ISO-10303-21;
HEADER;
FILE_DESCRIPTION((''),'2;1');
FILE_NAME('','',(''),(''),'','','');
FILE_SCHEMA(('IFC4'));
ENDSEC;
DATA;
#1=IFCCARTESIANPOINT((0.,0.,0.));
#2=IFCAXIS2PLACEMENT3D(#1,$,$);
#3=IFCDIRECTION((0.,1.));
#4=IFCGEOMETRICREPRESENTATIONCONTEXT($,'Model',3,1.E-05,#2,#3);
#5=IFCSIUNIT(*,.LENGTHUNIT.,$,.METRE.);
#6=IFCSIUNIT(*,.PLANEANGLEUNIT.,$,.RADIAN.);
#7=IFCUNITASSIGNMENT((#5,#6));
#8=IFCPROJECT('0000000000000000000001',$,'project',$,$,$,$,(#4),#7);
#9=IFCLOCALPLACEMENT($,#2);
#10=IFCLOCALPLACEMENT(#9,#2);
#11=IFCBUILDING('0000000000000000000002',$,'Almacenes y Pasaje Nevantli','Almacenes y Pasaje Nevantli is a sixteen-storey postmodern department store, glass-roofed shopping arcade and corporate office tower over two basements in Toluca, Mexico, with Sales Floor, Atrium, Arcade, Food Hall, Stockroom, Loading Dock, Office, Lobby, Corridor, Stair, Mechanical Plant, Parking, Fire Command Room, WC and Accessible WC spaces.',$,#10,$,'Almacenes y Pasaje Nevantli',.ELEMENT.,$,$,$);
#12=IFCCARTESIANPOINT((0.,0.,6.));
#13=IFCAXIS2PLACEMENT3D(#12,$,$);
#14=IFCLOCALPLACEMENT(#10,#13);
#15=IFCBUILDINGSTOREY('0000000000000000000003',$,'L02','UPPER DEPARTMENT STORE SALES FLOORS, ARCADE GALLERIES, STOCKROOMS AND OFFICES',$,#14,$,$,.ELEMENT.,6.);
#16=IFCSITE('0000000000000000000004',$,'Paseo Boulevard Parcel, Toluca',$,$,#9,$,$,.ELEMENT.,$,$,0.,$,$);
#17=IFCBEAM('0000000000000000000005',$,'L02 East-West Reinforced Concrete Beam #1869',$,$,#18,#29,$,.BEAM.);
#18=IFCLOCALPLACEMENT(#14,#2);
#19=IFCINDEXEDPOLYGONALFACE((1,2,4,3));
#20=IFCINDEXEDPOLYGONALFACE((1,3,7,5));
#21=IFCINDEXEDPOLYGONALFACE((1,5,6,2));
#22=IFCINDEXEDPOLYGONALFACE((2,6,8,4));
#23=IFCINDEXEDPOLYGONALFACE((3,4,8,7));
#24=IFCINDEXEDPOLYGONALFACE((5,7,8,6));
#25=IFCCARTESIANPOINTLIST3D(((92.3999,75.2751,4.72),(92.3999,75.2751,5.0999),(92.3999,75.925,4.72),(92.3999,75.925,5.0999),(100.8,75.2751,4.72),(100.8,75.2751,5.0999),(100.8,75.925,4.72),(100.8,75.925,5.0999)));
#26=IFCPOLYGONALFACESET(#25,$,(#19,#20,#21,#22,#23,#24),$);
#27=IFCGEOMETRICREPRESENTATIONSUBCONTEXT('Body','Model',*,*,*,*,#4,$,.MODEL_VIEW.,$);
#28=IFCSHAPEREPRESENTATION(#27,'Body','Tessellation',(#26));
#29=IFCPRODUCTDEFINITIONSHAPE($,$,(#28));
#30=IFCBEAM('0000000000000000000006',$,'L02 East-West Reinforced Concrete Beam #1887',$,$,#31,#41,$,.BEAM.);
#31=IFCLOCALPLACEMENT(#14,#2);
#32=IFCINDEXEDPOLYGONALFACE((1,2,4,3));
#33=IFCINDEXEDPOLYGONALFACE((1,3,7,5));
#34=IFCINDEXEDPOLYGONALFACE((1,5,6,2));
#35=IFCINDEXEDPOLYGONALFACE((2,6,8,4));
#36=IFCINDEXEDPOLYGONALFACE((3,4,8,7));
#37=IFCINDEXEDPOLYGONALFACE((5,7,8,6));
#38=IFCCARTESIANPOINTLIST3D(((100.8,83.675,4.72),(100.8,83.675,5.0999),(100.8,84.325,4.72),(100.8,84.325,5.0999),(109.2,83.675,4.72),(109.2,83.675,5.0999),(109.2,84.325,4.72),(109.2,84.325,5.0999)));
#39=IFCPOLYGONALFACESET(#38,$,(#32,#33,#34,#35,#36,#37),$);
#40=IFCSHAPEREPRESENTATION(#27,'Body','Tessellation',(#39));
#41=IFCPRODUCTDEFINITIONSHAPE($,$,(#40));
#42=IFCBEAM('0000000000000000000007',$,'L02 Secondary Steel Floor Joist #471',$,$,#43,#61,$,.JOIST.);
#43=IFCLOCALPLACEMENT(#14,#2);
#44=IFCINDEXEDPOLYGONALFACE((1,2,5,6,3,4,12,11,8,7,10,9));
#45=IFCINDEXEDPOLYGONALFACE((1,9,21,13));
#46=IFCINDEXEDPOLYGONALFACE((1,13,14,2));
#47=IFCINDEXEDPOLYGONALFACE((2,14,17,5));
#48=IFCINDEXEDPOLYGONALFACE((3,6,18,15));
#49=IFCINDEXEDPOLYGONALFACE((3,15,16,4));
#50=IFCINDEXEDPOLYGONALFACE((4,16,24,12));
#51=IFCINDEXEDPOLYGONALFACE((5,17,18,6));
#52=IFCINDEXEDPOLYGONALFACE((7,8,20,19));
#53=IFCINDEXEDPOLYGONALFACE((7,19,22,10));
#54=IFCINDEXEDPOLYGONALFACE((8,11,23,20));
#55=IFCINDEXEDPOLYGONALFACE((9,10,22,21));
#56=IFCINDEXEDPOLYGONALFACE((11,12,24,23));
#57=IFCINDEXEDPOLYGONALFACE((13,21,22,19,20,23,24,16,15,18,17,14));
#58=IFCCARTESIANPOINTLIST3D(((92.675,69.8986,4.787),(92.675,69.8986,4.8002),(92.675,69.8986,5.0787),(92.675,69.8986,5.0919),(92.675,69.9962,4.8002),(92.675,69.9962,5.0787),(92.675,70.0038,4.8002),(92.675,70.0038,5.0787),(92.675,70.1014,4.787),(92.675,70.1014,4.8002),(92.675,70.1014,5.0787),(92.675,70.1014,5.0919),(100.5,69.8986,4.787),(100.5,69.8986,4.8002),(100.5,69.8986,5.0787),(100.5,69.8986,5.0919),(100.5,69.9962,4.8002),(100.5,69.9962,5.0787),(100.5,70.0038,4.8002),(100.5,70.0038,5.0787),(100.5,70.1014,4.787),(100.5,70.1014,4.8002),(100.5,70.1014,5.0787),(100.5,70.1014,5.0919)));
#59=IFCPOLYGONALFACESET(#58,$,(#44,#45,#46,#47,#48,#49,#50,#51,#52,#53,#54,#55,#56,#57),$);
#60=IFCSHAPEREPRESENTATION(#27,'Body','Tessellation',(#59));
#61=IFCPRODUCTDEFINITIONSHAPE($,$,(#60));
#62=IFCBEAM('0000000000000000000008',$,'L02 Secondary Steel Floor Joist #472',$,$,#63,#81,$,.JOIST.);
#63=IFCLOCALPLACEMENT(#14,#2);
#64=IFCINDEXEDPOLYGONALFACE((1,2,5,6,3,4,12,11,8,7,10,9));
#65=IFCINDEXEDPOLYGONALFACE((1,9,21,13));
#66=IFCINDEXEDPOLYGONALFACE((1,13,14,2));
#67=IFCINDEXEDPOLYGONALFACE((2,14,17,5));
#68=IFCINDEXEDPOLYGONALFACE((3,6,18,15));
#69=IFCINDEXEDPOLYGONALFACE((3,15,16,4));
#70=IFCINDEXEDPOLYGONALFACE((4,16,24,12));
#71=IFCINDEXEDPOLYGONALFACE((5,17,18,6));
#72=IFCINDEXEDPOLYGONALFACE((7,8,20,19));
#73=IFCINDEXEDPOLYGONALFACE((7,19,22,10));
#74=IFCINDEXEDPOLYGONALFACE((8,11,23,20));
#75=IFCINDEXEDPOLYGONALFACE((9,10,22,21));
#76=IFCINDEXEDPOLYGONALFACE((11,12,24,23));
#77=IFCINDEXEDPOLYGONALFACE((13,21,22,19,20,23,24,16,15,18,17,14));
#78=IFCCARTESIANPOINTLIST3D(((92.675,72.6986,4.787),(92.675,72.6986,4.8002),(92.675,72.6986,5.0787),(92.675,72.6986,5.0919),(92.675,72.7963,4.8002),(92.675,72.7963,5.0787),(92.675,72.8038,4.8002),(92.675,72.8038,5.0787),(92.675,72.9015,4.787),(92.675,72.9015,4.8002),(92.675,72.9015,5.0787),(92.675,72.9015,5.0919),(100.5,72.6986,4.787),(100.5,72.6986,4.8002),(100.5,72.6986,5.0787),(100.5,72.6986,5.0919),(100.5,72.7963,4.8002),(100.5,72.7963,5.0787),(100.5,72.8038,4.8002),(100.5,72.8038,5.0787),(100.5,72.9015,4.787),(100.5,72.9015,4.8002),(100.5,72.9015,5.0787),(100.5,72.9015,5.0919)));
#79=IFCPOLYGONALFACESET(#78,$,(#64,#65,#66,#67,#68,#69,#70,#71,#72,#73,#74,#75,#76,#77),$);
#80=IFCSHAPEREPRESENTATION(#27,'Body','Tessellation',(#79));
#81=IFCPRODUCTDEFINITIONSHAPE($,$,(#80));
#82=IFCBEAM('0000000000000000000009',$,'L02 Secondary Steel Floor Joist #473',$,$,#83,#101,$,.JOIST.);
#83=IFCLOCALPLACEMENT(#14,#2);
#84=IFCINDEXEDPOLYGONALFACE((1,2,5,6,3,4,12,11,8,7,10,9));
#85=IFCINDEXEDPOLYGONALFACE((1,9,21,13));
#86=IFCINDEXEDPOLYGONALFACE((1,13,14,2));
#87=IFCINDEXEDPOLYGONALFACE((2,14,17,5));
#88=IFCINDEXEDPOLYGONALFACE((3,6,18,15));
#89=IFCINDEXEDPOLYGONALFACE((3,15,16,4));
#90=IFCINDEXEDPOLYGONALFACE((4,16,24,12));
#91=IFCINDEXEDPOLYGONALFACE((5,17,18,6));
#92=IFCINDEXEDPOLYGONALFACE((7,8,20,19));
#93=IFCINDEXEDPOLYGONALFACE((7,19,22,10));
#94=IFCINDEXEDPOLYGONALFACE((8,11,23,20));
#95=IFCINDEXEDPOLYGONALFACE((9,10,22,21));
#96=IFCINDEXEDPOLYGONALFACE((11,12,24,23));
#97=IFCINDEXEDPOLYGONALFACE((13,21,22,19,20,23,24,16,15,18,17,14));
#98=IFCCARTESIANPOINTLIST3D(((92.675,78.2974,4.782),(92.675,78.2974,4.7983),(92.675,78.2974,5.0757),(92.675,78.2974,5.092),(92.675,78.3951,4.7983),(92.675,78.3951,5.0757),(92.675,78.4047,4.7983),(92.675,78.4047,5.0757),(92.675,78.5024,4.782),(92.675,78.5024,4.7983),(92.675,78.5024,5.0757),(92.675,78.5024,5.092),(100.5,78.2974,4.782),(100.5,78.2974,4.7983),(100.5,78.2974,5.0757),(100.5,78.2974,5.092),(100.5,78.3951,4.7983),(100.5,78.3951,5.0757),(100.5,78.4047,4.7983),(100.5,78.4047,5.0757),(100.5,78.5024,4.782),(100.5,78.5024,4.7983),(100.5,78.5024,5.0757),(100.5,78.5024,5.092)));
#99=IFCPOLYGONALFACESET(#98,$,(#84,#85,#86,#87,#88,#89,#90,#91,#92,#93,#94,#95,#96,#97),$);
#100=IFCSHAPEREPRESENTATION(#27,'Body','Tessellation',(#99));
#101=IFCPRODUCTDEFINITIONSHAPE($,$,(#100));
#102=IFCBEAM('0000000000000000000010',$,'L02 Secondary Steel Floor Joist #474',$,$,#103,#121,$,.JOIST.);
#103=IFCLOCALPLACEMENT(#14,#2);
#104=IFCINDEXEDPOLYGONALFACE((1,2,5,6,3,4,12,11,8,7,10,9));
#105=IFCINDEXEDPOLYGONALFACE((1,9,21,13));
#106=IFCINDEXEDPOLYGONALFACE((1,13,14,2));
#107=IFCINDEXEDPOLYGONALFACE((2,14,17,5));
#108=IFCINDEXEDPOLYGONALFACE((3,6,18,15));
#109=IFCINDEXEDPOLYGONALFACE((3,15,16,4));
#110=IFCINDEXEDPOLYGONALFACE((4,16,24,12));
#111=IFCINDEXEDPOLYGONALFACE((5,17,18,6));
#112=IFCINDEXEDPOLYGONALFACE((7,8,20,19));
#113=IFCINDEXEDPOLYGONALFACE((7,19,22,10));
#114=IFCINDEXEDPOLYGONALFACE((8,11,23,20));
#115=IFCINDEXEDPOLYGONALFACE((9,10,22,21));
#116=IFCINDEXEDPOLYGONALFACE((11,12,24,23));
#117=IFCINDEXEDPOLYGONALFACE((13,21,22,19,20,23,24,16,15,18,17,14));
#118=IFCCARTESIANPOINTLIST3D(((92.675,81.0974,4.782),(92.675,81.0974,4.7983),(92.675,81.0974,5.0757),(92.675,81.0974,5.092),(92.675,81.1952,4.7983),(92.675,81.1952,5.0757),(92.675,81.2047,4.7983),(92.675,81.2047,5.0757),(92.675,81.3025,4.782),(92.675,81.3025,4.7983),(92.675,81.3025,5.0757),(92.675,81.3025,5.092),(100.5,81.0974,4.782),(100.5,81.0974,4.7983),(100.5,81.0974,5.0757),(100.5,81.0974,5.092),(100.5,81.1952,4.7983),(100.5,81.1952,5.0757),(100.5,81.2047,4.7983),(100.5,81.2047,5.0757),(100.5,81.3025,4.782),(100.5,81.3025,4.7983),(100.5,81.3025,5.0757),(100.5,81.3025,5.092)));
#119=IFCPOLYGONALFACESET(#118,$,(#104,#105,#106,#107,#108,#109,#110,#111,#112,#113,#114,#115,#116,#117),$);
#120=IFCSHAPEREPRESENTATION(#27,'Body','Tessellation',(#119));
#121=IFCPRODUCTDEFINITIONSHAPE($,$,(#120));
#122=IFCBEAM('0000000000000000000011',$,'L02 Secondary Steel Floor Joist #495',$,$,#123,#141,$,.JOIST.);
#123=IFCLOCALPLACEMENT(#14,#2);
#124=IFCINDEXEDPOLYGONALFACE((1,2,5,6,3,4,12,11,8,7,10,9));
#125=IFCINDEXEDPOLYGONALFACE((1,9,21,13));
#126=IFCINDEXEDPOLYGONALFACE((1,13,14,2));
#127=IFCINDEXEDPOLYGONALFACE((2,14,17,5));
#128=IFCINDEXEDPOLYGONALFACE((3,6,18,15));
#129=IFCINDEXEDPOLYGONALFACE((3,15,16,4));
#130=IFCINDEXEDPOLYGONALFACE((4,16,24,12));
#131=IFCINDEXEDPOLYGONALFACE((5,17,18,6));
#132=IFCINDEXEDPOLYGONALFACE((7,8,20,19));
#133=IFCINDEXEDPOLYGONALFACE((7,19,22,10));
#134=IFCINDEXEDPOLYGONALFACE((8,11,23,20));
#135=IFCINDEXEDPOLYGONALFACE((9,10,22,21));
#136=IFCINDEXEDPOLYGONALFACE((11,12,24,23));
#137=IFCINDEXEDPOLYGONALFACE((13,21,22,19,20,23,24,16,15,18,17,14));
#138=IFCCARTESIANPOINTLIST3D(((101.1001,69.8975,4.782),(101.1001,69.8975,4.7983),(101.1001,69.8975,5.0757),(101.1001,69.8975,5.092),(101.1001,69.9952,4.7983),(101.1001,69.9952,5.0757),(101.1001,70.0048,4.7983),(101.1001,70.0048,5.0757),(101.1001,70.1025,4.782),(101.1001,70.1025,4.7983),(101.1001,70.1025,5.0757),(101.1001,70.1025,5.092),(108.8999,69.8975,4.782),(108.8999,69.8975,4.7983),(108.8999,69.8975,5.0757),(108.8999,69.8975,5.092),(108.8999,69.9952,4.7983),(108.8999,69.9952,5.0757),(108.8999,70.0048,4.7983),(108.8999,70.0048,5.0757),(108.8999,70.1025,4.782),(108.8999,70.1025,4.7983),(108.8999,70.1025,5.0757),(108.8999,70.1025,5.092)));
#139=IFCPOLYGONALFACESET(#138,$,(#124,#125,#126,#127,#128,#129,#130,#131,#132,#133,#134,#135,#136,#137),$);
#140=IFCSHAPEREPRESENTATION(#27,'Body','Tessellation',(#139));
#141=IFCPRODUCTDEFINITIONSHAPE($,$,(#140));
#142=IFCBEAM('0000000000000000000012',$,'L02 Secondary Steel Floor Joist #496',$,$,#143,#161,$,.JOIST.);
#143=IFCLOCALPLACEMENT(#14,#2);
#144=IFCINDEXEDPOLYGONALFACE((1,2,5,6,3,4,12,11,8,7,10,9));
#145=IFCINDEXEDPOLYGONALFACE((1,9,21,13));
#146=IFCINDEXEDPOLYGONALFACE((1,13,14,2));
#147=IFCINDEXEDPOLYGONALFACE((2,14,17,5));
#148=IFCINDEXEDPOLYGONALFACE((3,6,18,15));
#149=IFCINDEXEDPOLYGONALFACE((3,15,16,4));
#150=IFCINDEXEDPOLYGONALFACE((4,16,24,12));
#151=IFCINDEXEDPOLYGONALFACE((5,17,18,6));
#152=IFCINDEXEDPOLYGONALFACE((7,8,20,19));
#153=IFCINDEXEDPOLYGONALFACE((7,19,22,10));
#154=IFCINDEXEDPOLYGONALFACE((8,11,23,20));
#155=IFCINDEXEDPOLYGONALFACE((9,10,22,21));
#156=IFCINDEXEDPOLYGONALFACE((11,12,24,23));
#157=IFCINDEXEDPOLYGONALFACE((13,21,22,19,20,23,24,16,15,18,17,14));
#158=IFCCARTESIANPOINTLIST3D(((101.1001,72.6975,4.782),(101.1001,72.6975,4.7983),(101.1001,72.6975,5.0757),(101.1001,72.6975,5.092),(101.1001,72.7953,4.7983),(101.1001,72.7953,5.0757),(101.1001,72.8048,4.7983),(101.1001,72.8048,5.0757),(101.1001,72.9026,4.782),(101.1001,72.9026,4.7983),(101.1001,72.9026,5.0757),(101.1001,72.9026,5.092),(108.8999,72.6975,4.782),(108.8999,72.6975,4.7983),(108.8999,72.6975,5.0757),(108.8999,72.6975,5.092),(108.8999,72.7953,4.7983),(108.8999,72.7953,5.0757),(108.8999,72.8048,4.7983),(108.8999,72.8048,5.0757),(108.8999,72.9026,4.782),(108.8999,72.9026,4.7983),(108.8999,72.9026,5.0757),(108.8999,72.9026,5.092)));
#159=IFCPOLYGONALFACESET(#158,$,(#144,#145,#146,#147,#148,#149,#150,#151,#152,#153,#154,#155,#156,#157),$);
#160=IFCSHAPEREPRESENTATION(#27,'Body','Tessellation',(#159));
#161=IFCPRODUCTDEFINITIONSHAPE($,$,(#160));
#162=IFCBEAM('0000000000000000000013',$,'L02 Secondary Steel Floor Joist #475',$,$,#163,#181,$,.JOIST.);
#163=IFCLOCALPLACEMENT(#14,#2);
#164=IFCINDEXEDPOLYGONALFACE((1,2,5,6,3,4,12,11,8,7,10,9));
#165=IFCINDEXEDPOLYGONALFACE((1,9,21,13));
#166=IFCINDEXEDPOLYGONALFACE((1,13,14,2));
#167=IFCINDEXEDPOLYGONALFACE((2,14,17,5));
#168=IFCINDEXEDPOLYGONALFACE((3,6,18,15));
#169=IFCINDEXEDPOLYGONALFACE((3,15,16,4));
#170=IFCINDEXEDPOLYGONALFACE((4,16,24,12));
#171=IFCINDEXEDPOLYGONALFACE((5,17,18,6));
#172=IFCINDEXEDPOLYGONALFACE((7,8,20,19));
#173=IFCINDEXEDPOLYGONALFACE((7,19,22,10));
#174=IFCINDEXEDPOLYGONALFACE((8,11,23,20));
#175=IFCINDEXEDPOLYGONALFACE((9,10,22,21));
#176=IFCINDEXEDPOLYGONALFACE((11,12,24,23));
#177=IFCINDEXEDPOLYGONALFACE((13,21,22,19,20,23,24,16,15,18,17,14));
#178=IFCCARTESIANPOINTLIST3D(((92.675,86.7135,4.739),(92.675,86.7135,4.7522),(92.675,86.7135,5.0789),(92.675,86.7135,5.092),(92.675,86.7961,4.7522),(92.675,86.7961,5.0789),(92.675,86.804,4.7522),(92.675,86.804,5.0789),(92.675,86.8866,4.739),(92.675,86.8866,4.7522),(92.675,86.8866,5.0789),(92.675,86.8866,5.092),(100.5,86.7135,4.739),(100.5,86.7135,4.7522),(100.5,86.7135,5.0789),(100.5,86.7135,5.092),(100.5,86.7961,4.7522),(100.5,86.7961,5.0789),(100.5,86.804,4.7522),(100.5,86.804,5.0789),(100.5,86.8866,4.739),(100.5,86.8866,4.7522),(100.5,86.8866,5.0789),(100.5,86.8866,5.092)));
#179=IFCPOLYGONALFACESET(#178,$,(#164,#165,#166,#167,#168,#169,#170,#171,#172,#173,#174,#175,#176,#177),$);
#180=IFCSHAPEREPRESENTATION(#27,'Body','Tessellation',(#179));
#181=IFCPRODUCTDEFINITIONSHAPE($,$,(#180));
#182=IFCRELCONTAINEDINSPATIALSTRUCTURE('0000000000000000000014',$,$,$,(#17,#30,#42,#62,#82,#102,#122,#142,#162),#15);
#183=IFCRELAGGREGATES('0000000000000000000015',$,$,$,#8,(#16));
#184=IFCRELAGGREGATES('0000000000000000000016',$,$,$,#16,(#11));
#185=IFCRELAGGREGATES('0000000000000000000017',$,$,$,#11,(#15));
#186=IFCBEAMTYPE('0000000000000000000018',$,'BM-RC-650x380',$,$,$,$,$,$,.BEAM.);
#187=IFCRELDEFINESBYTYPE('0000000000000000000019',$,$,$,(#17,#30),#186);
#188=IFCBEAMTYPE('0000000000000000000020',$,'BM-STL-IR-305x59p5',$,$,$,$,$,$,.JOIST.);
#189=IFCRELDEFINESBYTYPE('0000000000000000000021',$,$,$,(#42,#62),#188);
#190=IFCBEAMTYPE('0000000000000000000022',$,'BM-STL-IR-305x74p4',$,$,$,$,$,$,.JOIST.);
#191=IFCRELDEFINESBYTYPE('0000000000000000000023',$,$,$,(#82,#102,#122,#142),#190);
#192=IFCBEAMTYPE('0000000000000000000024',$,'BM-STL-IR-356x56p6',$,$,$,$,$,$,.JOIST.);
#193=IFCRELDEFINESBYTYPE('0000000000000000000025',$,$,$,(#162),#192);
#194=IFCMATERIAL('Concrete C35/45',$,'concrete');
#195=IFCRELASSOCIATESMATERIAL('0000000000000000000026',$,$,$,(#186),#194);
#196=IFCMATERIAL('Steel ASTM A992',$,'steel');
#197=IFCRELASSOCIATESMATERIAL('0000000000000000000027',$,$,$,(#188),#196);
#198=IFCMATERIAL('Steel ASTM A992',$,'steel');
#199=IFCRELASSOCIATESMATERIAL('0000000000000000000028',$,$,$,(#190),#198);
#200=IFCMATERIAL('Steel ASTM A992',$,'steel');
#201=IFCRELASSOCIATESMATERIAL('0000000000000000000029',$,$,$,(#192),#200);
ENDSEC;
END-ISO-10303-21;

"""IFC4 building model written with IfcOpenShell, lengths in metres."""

from ifc_helpers import new_model, si_unit, direction, frame, origin, origin_2d, place, context, subcontext, project, spatial, rectangle, i_section, extrude, material, material_profile, profile_set, type_object, element, save


model = new_model("IFC4")

# Units and contexts
model_context = context("Model", 3, precision=1e-05, world=origin(), true_north=direction((0.0, 1.0)))
body_context = subcontext(model_context, "Body", "Model", "MODEL_VIEW")
ifc_project = project(units=[si_unit("LENGTHUNIT", "METRE"), si_unit("PLANEANGLEUNIT", "RADIAN")], contexts=[model_context])

# Site, building, storey
site_placement = place(None, origin())
site = spatial("IfcSite", under=ifc_project, at=site_placement, Name="Paseo Boulevard Parcel, Toluca", CompositionType="ELEMENT", RefElevation=0.0)
building_placement = place(site_placement, origin())
building = spatial("IfcBuilding", under=site, at=building_placement, Name="Almacenes y Pasaje Nevantli", Description="Almacenes y Pasaje Nevantli is a sixteen-storey postmodern department store, glass-roofed shopping arcade and corporate office tower over two basements in Toluca, Mexico, with Sales Floor, Atrium, Arcade, Food Hall, Stockroom, Loading Dock, Office, Lobby, Corridor, Stair, Mechanical Plant, Parking, Fire Command Room, WC and Accessible WC spaces.", LongName="Almacenes y Pasaje Nevantli", CompositionType="ELEMENT")
storey_placement = place(building_placement, frame((0.0, 0.0, 6.0)))
storey = spatial("IfcBuildingStorey", under=building, at=storey_placement, Name="L02", Description="UPPER DEPARTMENT STORE SALES FLOORS, ARCADE GALLERIES, STOCKROOMS AND OFFICES", CompositionType="ELEMENT", Elevation=6.0)

# Beams
ifc_material_1 = material(Name="Concrete C35/45", Category="concrete")
ifc_material_profile_1 = material_profile(ifc_material_1, rectangle(XDim=0.6499, YDim=0.3799, at=origin_2d()), Name="RC-BM-650x380")
ifc_profile_set_1 = profile_set([ifc_material_profile_1], Name="Concrete C35/45")
beam_type_1 = type_object("IfcBeamType", Name="BM-RC-650x380", PredefinedType="BEAM", material=ifc_profile_set_1)
beam_1_placement = place(storey_placement, frame((92.3999, 75.6001, 4.9099), z_axis=(1.0, 0.0, 0.0), x_axis=(0.0, 1.0, 0.0)))
element("IfcBeam", 1, at=beam_1_placement, inside=storey, type_object=beam_type_1, Name="L02 East-West Reinforced Concrete Beam #1869", PredefinedType="BEAM", context=body_context, shape_type="SweptSolid", body=[
    extrude(rectangle(XDim=0.6499, YDim=0.3799, at=origin_2d()), origin(), (0.0, 0.0, 1.0), 8.4001),
])
beam_2_placement = place(storey_placement, frame((100.8, 84.0, 4.9099), z_axis=(1.0, 0.0, 0.0), x_axis=(0.0, 1.0, 0.0)))
element("IfcBeam", 2, at=beam_2_placement, inside=storey, type_object=beam_type_1, Name="L02 East-West Reinforced Concrete Beam #1887", PredefinedType="BEAM", context=body_context, shape_type="SweptSolid", body=[
    extrude(rectangle(XDim=0.6499, YDim=0.3799, at=origin_2d()), origin(), (0.0, 0.0, 1.0), 8.3999),
])
ifc_material_2 = material(Name="Steel ASTM A992", Category="steel")
ifc_material_profile_2 = material_profile(ifc_material_2, i_section(OverallWidth=0.2029, OverallDepth=0.3049, WebThickness=0.0076, FlangeThickness=0.0132, at=origin_2d()), Name="IR 305x59.5")
ifc_profile_set_2 = profile_set([ifc_material_profile_2], Name="Steel ASTM A992")
beam_type_2 = type_object("IfcBeamType", Name="BM-STL-IR-305x59p5", PredefinedType="JOIST", material=ifc_profile_set_2)
for number, where, z_axis, x_axis, name in (
    (3, (92.675, 70.0, 4.9395), (1.0, 0.0, 0.0), (0.0, 1.0, 0.0), "L02 Secondary Steel Floor Joist #471"),
    (4, (92.675, 72.8, 4.9395), (1.0, 0.0, 0.0), (0.0, 1.0, 0.0), "L02 Secondary Steel Floor Joist #472"),
):
    element("IfcBeam", number, at=place(storey_placement, frame(where, z_axis=z_axis, x_axis=x_axis)), inside=storey, type_object=beam_type_2, Name=name, PredefinedType="JOIST", context=body_context, shape_type="SweptSolid", body=[
        extrude(i_section(OverallWidth=0.2029, OverallDepth=0.3049, WebThickness=0.0076, FlangeThickness=0.0132, at=origin_2d()), origin(), (0.0, 0.0, 1.0), 7.825),
    ])
ifc_material_3 = material(Name="Steel ASTM A992", Category="steel")
ifc_material_profile_3 = material_profile(ifc_material_3, i_section(OverallWidth=0.2051, OverallDepth=0.3101, WebThickness=0.0095, FlangeThickness=0.0164, at=origin_2d()), Name="IR 305x74.4")
ifc_profile_set_3 = profile_set([ifc_material_profile_3], Name="Steel ASTM A992")
beam_type_3 = type_object("IfcBeamType", Name="BM-STL-IR-305x74p4", PredefinedType="JOIST", material=ifc_profile_set_3)
for number, where, z_axis, x_axis, name in (
    (5, (92.675, 78.3999, 4.937), (1.0, 0.0, 0.0), (0.0, 1.0, 0.0), "L02 Secondary Steel Floor Joist #473"),
    (6, (92.675, 81.2, 4.937), (1.0, 0.0, 0.0), (0.0, 1.0, 0.0), "L02 Secondary Steel Floor Joist #474"),
):
    element("IfcBeam", number, at=place(storey_placement, frame(where, z_axis=z_axis, x_axis=x_axis)), inside=storey, type_object=beam_type_3, Name=name, PredefinedType="JOIST", context=body_context, shape_type="SweptSolid", body=[
        extrude(i_section(OverallWidth=0.2051, OverallDepth=0.3101, WebThickness=0.0095, FlangeThickness=0.0164, at=origin_2d()), origin(), (0.0, 0.0, 1.0), 7.825),
    ])
for number, where, z_axis, x_axis, name in (
    (7, (101.1001, 70.0, 4.937), (1.0, 0.0, 0.0), (0.0, 1.0, 0.0), "L02 Secondary Steel Floor Joist #495"),
    (8, (101.1001, 72.8, 4.937), (1.0, 0.0, 0.0), (0.0, 1.0, 0.0), "L02 Secondary Steel Floor Joist #496"),
):
    element("IfcBeam", number, at=place(storey_placement, frame(where, z_axis=z_axis, x_axis=x_axis)), inside=storey, type_object=beam_type_3, Name=name, PredefinedType="JOIST", context=body_context, shape_type="SweptSolid", body=[
        extrude(i_section(OverallWidth=0.2051, OverallDepth=0.3101, WebThickness=0.0095, FlangeThickness=0.0164, at=origin_2d()), origin(), (0.0, 0.0, 1.0), 7.7998),
    ])
ifc_material_4 = material(Name="Steel ASTM A992", Category="steel")
ifc_material_profile_4 = material_profile(ifc_material_4, i_section(OverallWidth=0.1731, OverallDepth=0.353, WebThickness=0.0078, FlangeThickness=0.0132, at=origin_2d()), Name="IR 356x56.6")
ifc_profile_set_4 = profile_set([ifc_material_profile_4], Name="Steel ASTM A992")
beam_type_4 = type_object("IfcBeamType", Name="BM-STL-IR-356x56p6", PredefinedType="JOIST", material=ifc_profile_set_4)
for number, where, z_axis, x_axis, name in (
    (9, (92.675, 86.8, 4.9155), (1.0, 0.0, 0.0), (0.0, 1.0, 0.0), "L02 Secondary Steel Floor Joist #475"),
):
    element("IfcBeam", number, at=place(storey_placement, frame(where, z_axis=z_axis, x_axis=x_axis)), inside=storey, type_object=beam_type_4, Name=name, PredefinedType="JOIST", context=body_context, shape_type="SweptSolid", body=[
        extrude(i_section(OverallWidth=0.1731, OverallDepth=0.353, WebThickness=0.0078, FlangeThickness=0.0132, at=origin_2d()), origin(), (0.0, 0.0, 1.0), 7.825),
    ])

save(model, "model.ifc")
